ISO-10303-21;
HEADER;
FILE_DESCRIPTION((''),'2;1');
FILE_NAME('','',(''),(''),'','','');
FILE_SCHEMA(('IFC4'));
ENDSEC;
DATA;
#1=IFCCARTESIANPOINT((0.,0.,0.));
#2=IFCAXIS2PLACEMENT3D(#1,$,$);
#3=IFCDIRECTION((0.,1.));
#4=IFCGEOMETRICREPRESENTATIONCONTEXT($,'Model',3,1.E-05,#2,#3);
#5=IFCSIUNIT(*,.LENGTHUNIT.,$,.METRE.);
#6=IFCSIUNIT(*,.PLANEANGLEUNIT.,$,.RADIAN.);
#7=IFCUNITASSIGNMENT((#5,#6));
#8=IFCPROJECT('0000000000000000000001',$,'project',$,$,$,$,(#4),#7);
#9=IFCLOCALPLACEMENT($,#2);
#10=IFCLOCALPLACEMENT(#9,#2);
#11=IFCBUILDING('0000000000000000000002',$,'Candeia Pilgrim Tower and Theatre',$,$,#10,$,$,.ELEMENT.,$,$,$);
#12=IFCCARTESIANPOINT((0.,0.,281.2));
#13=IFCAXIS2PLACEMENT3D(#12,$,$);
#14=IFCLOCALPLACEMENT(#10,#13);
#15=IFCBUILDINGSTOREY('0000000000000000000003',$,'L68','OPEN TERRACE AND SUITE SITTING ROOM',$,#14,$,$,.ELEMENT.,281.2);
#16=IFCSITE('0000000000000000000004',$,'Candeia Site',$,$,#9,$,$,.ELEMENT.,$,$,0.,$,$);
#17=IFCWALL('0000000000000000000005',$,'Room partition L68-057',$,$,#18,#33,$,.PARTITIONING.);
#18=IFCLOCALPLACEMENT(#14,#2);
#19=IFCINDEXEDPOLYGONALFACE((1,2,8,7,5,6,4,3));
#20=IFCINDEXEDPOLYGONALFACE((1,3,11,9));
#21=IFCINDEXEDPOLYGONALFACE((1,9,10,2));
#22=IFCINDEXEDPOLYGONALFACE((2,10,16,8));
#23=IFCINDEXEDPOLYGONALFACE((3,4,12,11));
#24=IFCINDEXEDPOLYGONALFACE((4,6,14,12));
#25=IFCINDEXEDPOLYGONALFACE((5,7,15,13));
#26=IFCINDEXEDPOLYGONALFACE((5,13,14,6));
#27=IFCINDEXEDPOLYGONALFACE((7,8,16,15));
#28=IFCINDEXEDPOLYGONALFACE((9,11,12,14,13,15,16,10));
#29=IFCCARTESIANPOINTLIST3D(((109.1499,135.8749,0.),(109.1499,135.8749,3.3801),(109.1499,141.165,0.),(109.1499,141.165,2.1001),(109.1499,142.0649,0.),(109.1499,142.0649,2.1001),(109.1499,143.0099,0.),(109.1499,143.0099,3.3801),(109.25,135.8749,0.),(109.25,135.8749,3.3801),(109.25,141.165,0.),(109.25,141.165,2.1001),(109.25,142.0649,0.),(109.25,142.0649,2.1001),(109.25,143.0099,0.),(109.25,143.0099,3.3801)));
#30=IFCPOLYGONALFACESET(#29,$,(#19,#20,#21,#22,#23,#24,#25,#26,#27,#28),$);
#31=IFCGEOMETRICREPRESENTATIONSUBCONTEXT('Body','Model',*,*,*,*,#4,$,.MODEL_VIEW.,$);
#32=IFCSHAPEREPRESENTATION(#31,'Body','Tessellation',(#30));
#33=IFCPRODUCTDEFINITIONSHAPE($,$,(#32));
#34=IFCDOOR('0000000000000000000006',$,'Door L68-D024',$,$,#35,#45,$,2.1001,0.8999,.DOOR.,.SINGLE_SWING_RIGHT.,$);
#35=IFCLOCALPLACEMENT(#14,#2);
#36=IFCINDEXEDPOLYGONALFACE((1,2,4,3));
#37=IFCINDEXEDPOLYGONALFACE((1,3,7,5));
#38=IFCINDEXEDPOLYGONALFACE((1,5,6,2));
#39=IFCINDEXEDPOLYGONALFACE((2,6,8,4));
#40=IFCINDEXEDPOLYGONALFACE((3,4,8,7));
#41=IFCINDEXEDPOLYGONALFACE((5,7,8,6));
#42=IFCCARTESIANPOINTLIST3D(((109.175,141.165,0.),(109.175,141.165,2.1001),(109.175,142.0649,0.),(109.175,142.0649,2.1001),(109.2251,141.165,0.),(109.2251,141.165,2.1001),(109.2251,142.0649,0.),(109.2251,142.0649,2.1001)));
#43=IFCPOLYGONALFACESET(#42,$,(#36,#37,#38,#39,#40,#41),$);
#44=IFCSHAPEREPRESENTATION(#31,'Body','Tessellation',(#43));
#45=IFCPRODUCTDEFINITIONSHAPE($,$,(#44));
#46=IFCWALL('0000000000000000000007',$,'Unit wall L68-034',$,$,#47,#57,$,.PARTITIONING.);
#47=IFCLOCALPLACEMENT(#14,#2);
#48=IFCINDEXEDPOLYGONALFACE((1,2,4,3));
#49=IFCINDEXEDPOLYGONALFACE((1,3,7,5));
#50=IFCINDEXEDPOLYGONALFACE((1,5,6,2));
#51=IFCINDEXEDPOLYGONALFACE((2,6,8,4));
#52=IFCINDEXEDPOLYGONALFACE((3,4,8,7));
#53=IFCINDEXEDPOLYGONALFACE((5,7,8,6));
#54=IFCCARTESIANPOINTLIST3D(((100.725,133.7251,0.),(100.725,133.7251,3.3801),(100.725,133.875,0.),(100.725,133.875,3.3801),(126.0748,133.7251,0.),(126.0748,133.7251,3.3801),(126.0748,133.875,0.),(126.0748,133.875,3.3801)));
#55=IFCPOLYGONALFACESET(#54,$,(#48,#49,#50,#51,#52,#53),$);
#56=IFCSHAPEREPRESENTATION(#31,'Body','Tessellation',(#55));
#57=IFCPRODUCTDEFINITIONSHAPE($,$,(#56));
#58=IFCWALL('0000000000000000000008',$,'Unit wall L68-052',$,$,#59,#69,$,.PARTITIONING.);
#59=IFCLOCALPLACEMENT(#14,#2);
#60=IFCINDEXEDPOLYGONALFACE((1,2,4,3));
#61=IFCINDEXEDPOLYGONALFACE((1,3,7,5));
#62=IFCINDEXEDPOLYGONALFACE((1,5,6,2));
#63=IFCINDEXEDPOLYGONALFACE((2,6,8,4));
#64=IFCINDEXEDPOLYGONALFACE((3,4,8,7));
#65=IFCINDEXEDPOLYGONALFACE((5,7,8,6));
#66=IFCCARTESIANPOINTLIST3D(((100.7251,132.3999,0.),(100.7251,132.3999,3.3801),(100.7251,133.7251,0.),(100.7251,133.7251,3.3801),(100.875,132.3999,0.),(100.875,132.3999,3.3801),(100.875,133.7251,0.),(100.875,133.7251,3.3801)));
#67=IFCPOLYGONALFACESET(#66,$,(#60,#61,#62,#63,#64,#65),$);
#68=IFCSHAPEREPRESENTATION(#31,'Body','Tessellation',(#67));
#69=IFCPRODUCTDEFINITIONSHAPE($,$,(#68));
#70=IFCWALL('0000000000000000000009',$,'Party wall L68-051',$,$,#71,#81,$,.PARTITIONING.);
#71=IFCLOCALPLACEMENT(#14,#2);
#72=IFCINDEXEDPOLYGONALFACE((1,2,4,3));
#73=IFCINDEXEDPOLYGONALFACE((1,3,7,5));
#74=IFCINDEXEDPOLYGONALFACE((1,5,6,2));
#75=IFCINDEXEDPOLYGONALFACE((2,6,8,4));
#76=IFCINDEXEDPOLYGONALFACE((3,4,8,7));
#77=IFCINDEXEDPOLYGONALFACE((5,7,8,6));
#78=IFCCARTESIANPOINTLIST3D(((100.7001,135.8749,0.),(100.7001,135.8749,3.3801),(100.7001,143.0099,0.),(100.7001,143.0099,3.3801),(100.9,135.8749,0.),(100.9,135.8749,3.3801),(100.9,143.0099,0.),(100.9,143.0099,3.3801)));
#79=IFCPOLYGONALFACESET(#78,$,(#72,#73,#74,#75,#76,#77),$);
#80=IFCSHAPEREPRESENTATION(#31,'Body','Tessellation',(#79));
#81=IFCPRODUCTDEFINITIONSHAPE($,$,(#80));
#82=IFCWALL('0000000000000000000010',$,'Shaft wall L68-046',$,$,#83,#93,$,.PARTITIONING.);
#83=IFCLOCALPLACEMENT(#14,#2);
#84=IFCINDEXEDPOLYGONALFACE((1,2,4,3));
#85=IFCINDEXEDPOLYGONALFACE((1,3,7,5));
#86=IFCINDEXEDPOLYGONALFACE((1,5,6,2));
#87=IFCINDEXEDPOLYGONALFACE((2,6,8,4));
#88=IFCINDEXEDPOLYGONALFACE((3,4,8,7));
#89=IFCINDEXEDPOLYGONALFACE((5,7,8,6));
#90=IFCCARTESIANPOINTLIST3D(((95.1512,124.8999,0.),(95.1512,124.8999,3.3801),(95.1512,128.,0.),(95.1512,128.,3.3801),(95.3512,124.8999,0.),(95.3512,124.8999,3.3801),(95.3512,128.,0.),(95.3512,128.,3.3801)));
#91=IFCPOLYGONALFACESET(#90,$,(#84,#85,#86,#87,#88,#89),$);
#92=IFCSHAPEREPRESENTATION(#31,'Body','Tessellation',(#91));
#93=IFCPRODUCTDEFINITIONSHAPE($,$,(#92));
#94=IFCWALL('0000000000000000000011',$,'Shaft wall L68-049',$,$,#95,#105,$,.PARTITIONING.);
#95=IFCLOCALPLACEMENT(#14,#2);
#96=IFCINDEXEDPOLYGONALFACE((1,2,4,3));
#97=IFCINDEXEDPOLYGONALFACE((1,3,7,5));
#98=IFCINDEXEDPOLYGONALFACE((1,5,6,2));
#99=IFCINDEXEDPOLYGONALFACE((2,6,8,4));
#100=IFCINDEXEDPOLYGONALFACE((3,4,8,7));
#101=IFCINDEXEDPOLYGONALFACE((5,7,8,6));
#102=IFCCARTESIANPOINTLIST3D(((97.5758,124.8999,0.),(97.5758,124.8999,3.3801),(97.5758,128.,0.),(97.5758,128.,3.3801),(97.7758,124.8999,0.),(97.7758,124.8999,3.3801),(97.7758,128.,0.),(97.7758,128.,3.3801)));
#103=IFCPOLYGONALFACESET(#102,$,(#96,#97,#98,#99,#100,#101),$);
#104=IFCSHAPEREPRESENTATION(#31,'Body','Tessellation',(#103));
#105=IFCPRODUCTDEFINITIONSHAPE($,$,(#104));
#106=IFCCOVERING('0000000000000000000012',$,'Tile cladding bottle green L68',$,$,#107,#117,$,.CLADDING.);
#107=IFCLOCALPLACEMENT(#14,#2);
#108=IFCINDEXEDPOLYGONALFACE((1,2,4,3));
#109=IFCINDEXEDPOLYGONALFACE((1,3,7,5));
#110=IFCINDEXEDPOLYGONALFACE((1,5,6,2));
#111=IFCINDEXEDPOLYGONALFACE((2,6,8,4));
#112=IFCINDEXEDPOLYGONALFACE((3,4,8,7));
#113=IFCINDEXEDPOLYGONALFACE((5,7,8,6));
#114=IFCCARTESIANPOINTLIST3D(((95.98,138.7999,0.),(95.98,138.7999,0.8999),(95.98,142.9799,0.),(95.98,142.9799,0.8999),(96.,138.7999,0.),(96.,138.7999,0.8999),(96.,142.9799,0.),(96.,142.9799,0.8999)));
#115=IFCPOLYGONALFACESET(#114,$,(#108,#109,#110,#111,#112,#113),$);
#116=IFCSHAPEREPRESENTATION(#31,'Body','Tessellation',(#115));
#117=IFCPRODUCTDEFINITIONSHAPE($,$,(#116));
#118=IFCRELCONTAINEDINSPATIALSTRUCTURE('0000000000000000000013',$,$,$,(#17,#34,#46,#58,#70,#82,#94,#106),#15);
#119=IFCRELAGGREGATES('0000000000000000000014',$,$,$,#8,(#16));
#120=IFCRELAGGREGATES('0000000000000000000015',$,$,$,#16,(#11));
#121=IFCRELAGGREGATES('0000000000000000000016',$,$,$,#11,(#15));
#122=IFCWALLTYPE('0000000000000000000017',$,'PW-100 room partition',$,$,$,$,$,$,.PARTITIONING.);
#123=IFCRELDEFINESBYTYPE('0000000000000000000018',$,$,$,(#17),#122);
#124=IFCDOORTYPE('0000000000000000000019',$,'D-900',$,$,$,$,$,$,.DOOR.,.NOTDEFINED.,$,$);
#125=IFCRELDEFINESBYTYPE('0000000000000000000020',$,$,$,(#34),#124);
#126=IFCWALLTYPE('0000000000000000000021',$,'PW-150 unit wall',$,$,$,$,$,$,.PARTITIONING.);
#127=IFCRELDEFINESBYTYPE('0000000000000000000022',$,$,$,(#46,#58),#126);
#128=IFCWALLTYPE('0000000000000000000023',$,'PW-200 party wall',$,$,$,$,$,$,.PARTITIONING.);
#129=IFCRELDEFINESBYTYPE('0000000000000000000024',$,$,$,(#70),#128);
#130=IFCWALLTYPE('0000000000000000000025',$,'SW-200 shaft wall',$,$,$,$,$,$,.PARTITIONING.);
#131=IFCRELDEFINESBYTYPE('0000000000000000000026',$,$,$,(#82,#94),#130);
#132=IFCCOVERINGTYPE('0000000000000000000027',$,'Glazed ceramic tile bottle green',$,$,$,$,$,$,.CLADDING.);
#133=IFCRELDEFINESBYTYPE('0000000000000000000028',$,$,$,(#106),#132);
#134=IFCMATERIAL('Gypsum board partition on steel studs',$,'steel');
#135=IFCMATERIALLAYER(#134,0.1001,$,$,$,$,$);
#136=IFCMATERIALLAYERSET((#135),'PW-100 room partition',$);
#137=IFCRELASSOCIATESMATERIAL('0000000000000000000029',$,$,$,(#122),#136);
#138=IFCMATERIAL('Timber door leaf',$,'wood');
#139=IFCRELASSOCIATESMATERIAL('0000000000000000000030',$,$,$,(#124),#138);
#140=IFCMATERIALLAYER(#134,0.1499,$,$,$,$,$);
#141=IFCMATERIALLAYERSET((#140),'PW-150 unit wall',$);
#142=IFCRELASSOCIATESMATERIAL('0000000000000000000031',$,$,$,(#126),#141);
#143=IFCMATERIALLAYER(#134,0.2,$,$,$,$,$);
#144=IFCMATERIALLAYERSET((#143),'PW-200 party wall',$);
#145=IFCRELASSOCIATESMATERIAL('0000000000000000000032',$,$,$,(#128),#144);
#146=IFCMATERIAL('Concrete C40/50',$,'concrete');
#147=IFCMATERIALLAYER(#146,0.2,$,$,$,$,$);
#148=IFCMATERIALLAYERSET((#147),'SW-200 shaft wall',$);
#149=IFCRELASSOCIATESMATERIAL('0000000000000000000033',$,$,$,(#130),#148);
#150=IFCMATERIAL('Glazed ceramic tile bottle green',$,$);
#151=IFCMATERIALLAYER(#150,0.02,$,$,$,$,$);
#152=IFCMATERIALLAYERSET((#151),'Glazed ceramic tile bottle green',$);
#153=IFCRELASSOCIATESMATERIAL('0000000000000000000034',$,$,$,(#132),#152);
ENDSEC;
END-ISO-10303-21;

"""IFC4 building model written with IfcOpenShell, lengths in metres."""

from ifc_helpers import new_model, si_unit, direction, frame, frame_2d, origin, origin_2d, place, context, subcontext, project, spatial, rectangle, extrude, material, layer, layer_set, type_object, element, fill, save


model = new_model("IFC4")

# Units and contexts
model_context = context("Model", 3, precision=1e-05, world=origin(), true_north=direction((0.0, 1.0)))
body_context = subcontext(model_context, "Body", "Model", "MODEL_VIEW")
ifc_project = project(units=[si_unit("LENGTHUNIT", "METRE"), si_unit("PLANEANGLEUNIT", "RADIAN")], contexts=[model_context])

# Site, building, storey
site_placement = place(None, origin())
site = spatial("IfcSite", under=ifc_project, at=site_placement, Name="Candeia Site", CompositionType="ELEMENT", RefElevation=0.0)
building_placement = place(site_placement, origin())
building = spatial("IfcBuilding", under=site, at=building_placement, Name="Candeia Pilgrim Tower and Theatre", CompositionType="ELEMENT")
storey_placement = place(building_placement, frame((0.0, 0.0, 281.2)))
storey = spatial("IfcBuildingStorey", under=building, at=storey_placement, Name="L68", Description="OPEN TERRACE AND SUITE SITTING ROOM", CompositionType="ELEMENT", Elevation=281.2)

# Shared definitions
ifc_material_1 = material(Name="Concrete C40/50", Category="concrete")

# Shared definitions
ifc_material_2 = material(Name="Gypsum board partition on steel studs", Category="steel")
ifc_layer_1 = layer(ifc_material_2, 0.1001)
ifc_layer_set_1 = layer_set([ifc_layer_1], Name="PW-100 room partition")
wall_type_1 = type_object("IfcWallType", Name="PW-100 room partition", PredefinedType="PARTITIONING", material=ifc_layer_set_1)

# Wall, opening, door
ifc_material_3 = material(Name="Timber door leaf", Category="wood")
door_type_1 = type_object("IfcDoorType", Name="D-900", OperationType="NOTDEFINED", PredefinedType="DOOR", material=ifc_material_3)
wall_1_placement = place(storey_placement, frame((109.2, 135.875, 0.0), z_axis=(0.0, 0.0, 1.0), x_axis=(0.0, 1.0, 0.0)))
wall_1 = element("IfcWall", 1, at=wall_1_placement, inside=storey, type_object=wall_type_1, Name="Room partition L68-057", PredefinedType="PARTITIONING", context=body_context, shape_type="SweptSolid", body=[
    extrude(rectangle(XDim=7.135, YDim=0.1001, at=frame_2d((3.5674, 0.0))), origin(), (0.0, 0.0, 1.0), 3.3801),
])
opening_1_placement = place(wall_1_placement, frame((5.29, 0.0, 0.0)))
opening_1 = element("IfcOpeningElement", 2, at=opening_1_placement, cuts=wall_1, PredefinedType="OPENING", context=body_context, shape_type="SweptSolid", body=[
    extrude(rectangle(XDim=0.8999, YDim=2.1001, at=frame_2d((0.45, 1.05))), frame((0.0, 0.0601, 0.0), z_axis=(0.0, -1.0, 0.0), x_axis=(1.0, 0.0, 0.0)), (0.0, 0.0, 1.0), 0.1201),
])
door_1_placement = place(opening_1_placement, origin())
door_1 = element("IfcDoor", 3, at=door_1_placement, inside=storey, type_object=door_type_1, Name="Door L68-D024", OperationType="SINGLE_SWING_RIGHT", OverallHeight=2.1001, OverallWidth=0.8999, PredefinedType="DOOR", context=body_context, shape_type="SweptSolid", body=[
    extrude(rectangle(XDim=0.8999, YDim=2.1001, at=frame_2d((0.45, 1.05))), frame((0.0, 0.0249, 0.0), z_axis=(0.0, -1.0, 0.0), x_axis=(1.0, 0.0, 0.0)), (0.0, 0.0, 1.0), 0.05),
])
fill(opening_1, door_1)

# Walls
ifc_layer_2 = layer(ifc_material_2, 0.1499)
ifc_layer_set_2 = layer_set([ifc_layer_2], Name="PW-150 unit wall")
wall_type_2 = type_object("IfcWallType", Name="PW-150 unit wall", PredefinedType="PARTITIONING", material=ifc_layer_set_2)
wall_2_placement = place(storey_placement, frame((100.7251, 133.8, 0.0), z_axis=(0.0, 0.0, 1.0), x_axis=(1.0, 0.0, 0.0)))
element("IfcWall", 4, at=wall_2_placement, inside=storey, type_object=wall_type_2, Name="Unit wall L68-034", PredefinedType="PARTITIONING", context=body_context, shape_type="SweptSolid", body=[
    extrude(rectangle(XDim=25.3499, YDim=0.1499, at=frame_2d((12.6748, 0.0))), origin(), (0.0, 0.0, 1.0), 3.3801),
])
wall_3_placement = place(storey_placement, frame((100.8, 132.3999, 0.0), z_axis=(0.0, 0.0, 1.0), x_axis=(0.0, 1.0, 0.0)))
element("IfcWall", 5, at=wall_3_placement, inside=storey, type_object=wall_type_2, Name="Unit wall L68-052", PredefinedType="PARTITIONING", context=body_context, shape_type="SweptSolid", body=[
    extrude(rectangle(XDim=1.3252, YDim=0.1499, at=frame_2d((0.6626, 0.0))), origin(), (0.0, 0.0, 1.0), 3.3801),
])
ifc_layer_3 = layer(ifc_material_2, 0.2)
ifc_layer_set_3 = layer_set([ifc_layer_3], Name="PW-200 party wall")
wall_type_3 = type_object("IfcWallType", Name="PW-200 party wall", PredefinedType="PARTITIONING", material=ifc_layer_set_3)
wall_4_placement = place(storey_placement, frame((100.8, 135.875, 0.0), z_axis=(0.0, 0.0, 1.0), x_axis=(0.0, 1.0, 0.0)))
element("IfcWall", 6, at=wall_4_placement, inside=storey, type_object=wall_type_3, Name="Party wall L68-051", PredefinedType="PARTITIONING", context=body_context, shape_type="SweptSolid", body=[
    extrude(rectangle(XDim=7.135, YDim=0.2, at=frame_2d((3.5674, 0.0))), origin(), (0.0, 0.0, 1.0), 3.3801),
])
ifc_layer_4 = layer(ifc_material_1, 0.2)
ifc_layer_set_4 = layer_set([ifc_layer_4], Name="SW-200 shaft wall")
wall_type_4 = type_object("IfcWallType", Name="SW-200 shaft wall", PredefinedType="PARTITIONING", material=ifc_layer_set_4)
for number, where, z_axis, x_axis, name in (
    (7, (95.2512, 124.8999, 0.0), (0.0, 0.0, 1.0), (0.0, 1.0, 0.0), "Shaft wall L68-046"),
    (8, (97.6758, 124.8999, 0.0), (0.0, 0.0, 1.0), (0.0, 1.0, 0.0), "Shaft wall L68-049"),
):
    element("IfcWall", number, at=place(storey_placement, frame(where, z_axis=z_axis, x_axis=x_axis)), inside=storey, type_object=wall_type_4, Name=name, PredefinedType="PARTITIONING", context=body_context, shape_type="SweptSolid", body=[
        extrude(rectangle(XDim=3.1001, YDim=0.2, at=frame_2d((1.55, 0.0))), origin(), (0.0, 0.0, 1.0), 3.3801),
    ])

# Covering
ifc_material_4 = material(Name="Glazed ceramic tile bottle green")
ifc_layer_5 = layer(ifc_material_4, 0.02)
ifc_layer_set_5 = layer_set([ifc_layer_5], Name="Glazed ceramic tile bottle green")
covering_type = type_object("IfcCoveringType", Name="Glazed ceramic tile bottle green", PredefinedType="CLADDING", material=ifc_layer_set_5)
covering_placement = place(storey_placement, frame((95.99, 140.8899, 0.0), z_axis=(0.0, 0.0, 1.0), x_axis=(0.0, -1.0, 0.0)))
element("IfcCovering", 9, at=covering_placement, inside=storey, type_object=covering_type, Name="Tile cladding bottle green L68", PredefinedType="CLADDING", context=body_context, shape_type="SweptSolid", body=[
    extrude(rectangle(XDim=4.1799, YDim=0.02, at=origin_2d()), origin(), (0.0, 0.0, 1.0), 0.8999),
])

save(model, "model.ifc")
